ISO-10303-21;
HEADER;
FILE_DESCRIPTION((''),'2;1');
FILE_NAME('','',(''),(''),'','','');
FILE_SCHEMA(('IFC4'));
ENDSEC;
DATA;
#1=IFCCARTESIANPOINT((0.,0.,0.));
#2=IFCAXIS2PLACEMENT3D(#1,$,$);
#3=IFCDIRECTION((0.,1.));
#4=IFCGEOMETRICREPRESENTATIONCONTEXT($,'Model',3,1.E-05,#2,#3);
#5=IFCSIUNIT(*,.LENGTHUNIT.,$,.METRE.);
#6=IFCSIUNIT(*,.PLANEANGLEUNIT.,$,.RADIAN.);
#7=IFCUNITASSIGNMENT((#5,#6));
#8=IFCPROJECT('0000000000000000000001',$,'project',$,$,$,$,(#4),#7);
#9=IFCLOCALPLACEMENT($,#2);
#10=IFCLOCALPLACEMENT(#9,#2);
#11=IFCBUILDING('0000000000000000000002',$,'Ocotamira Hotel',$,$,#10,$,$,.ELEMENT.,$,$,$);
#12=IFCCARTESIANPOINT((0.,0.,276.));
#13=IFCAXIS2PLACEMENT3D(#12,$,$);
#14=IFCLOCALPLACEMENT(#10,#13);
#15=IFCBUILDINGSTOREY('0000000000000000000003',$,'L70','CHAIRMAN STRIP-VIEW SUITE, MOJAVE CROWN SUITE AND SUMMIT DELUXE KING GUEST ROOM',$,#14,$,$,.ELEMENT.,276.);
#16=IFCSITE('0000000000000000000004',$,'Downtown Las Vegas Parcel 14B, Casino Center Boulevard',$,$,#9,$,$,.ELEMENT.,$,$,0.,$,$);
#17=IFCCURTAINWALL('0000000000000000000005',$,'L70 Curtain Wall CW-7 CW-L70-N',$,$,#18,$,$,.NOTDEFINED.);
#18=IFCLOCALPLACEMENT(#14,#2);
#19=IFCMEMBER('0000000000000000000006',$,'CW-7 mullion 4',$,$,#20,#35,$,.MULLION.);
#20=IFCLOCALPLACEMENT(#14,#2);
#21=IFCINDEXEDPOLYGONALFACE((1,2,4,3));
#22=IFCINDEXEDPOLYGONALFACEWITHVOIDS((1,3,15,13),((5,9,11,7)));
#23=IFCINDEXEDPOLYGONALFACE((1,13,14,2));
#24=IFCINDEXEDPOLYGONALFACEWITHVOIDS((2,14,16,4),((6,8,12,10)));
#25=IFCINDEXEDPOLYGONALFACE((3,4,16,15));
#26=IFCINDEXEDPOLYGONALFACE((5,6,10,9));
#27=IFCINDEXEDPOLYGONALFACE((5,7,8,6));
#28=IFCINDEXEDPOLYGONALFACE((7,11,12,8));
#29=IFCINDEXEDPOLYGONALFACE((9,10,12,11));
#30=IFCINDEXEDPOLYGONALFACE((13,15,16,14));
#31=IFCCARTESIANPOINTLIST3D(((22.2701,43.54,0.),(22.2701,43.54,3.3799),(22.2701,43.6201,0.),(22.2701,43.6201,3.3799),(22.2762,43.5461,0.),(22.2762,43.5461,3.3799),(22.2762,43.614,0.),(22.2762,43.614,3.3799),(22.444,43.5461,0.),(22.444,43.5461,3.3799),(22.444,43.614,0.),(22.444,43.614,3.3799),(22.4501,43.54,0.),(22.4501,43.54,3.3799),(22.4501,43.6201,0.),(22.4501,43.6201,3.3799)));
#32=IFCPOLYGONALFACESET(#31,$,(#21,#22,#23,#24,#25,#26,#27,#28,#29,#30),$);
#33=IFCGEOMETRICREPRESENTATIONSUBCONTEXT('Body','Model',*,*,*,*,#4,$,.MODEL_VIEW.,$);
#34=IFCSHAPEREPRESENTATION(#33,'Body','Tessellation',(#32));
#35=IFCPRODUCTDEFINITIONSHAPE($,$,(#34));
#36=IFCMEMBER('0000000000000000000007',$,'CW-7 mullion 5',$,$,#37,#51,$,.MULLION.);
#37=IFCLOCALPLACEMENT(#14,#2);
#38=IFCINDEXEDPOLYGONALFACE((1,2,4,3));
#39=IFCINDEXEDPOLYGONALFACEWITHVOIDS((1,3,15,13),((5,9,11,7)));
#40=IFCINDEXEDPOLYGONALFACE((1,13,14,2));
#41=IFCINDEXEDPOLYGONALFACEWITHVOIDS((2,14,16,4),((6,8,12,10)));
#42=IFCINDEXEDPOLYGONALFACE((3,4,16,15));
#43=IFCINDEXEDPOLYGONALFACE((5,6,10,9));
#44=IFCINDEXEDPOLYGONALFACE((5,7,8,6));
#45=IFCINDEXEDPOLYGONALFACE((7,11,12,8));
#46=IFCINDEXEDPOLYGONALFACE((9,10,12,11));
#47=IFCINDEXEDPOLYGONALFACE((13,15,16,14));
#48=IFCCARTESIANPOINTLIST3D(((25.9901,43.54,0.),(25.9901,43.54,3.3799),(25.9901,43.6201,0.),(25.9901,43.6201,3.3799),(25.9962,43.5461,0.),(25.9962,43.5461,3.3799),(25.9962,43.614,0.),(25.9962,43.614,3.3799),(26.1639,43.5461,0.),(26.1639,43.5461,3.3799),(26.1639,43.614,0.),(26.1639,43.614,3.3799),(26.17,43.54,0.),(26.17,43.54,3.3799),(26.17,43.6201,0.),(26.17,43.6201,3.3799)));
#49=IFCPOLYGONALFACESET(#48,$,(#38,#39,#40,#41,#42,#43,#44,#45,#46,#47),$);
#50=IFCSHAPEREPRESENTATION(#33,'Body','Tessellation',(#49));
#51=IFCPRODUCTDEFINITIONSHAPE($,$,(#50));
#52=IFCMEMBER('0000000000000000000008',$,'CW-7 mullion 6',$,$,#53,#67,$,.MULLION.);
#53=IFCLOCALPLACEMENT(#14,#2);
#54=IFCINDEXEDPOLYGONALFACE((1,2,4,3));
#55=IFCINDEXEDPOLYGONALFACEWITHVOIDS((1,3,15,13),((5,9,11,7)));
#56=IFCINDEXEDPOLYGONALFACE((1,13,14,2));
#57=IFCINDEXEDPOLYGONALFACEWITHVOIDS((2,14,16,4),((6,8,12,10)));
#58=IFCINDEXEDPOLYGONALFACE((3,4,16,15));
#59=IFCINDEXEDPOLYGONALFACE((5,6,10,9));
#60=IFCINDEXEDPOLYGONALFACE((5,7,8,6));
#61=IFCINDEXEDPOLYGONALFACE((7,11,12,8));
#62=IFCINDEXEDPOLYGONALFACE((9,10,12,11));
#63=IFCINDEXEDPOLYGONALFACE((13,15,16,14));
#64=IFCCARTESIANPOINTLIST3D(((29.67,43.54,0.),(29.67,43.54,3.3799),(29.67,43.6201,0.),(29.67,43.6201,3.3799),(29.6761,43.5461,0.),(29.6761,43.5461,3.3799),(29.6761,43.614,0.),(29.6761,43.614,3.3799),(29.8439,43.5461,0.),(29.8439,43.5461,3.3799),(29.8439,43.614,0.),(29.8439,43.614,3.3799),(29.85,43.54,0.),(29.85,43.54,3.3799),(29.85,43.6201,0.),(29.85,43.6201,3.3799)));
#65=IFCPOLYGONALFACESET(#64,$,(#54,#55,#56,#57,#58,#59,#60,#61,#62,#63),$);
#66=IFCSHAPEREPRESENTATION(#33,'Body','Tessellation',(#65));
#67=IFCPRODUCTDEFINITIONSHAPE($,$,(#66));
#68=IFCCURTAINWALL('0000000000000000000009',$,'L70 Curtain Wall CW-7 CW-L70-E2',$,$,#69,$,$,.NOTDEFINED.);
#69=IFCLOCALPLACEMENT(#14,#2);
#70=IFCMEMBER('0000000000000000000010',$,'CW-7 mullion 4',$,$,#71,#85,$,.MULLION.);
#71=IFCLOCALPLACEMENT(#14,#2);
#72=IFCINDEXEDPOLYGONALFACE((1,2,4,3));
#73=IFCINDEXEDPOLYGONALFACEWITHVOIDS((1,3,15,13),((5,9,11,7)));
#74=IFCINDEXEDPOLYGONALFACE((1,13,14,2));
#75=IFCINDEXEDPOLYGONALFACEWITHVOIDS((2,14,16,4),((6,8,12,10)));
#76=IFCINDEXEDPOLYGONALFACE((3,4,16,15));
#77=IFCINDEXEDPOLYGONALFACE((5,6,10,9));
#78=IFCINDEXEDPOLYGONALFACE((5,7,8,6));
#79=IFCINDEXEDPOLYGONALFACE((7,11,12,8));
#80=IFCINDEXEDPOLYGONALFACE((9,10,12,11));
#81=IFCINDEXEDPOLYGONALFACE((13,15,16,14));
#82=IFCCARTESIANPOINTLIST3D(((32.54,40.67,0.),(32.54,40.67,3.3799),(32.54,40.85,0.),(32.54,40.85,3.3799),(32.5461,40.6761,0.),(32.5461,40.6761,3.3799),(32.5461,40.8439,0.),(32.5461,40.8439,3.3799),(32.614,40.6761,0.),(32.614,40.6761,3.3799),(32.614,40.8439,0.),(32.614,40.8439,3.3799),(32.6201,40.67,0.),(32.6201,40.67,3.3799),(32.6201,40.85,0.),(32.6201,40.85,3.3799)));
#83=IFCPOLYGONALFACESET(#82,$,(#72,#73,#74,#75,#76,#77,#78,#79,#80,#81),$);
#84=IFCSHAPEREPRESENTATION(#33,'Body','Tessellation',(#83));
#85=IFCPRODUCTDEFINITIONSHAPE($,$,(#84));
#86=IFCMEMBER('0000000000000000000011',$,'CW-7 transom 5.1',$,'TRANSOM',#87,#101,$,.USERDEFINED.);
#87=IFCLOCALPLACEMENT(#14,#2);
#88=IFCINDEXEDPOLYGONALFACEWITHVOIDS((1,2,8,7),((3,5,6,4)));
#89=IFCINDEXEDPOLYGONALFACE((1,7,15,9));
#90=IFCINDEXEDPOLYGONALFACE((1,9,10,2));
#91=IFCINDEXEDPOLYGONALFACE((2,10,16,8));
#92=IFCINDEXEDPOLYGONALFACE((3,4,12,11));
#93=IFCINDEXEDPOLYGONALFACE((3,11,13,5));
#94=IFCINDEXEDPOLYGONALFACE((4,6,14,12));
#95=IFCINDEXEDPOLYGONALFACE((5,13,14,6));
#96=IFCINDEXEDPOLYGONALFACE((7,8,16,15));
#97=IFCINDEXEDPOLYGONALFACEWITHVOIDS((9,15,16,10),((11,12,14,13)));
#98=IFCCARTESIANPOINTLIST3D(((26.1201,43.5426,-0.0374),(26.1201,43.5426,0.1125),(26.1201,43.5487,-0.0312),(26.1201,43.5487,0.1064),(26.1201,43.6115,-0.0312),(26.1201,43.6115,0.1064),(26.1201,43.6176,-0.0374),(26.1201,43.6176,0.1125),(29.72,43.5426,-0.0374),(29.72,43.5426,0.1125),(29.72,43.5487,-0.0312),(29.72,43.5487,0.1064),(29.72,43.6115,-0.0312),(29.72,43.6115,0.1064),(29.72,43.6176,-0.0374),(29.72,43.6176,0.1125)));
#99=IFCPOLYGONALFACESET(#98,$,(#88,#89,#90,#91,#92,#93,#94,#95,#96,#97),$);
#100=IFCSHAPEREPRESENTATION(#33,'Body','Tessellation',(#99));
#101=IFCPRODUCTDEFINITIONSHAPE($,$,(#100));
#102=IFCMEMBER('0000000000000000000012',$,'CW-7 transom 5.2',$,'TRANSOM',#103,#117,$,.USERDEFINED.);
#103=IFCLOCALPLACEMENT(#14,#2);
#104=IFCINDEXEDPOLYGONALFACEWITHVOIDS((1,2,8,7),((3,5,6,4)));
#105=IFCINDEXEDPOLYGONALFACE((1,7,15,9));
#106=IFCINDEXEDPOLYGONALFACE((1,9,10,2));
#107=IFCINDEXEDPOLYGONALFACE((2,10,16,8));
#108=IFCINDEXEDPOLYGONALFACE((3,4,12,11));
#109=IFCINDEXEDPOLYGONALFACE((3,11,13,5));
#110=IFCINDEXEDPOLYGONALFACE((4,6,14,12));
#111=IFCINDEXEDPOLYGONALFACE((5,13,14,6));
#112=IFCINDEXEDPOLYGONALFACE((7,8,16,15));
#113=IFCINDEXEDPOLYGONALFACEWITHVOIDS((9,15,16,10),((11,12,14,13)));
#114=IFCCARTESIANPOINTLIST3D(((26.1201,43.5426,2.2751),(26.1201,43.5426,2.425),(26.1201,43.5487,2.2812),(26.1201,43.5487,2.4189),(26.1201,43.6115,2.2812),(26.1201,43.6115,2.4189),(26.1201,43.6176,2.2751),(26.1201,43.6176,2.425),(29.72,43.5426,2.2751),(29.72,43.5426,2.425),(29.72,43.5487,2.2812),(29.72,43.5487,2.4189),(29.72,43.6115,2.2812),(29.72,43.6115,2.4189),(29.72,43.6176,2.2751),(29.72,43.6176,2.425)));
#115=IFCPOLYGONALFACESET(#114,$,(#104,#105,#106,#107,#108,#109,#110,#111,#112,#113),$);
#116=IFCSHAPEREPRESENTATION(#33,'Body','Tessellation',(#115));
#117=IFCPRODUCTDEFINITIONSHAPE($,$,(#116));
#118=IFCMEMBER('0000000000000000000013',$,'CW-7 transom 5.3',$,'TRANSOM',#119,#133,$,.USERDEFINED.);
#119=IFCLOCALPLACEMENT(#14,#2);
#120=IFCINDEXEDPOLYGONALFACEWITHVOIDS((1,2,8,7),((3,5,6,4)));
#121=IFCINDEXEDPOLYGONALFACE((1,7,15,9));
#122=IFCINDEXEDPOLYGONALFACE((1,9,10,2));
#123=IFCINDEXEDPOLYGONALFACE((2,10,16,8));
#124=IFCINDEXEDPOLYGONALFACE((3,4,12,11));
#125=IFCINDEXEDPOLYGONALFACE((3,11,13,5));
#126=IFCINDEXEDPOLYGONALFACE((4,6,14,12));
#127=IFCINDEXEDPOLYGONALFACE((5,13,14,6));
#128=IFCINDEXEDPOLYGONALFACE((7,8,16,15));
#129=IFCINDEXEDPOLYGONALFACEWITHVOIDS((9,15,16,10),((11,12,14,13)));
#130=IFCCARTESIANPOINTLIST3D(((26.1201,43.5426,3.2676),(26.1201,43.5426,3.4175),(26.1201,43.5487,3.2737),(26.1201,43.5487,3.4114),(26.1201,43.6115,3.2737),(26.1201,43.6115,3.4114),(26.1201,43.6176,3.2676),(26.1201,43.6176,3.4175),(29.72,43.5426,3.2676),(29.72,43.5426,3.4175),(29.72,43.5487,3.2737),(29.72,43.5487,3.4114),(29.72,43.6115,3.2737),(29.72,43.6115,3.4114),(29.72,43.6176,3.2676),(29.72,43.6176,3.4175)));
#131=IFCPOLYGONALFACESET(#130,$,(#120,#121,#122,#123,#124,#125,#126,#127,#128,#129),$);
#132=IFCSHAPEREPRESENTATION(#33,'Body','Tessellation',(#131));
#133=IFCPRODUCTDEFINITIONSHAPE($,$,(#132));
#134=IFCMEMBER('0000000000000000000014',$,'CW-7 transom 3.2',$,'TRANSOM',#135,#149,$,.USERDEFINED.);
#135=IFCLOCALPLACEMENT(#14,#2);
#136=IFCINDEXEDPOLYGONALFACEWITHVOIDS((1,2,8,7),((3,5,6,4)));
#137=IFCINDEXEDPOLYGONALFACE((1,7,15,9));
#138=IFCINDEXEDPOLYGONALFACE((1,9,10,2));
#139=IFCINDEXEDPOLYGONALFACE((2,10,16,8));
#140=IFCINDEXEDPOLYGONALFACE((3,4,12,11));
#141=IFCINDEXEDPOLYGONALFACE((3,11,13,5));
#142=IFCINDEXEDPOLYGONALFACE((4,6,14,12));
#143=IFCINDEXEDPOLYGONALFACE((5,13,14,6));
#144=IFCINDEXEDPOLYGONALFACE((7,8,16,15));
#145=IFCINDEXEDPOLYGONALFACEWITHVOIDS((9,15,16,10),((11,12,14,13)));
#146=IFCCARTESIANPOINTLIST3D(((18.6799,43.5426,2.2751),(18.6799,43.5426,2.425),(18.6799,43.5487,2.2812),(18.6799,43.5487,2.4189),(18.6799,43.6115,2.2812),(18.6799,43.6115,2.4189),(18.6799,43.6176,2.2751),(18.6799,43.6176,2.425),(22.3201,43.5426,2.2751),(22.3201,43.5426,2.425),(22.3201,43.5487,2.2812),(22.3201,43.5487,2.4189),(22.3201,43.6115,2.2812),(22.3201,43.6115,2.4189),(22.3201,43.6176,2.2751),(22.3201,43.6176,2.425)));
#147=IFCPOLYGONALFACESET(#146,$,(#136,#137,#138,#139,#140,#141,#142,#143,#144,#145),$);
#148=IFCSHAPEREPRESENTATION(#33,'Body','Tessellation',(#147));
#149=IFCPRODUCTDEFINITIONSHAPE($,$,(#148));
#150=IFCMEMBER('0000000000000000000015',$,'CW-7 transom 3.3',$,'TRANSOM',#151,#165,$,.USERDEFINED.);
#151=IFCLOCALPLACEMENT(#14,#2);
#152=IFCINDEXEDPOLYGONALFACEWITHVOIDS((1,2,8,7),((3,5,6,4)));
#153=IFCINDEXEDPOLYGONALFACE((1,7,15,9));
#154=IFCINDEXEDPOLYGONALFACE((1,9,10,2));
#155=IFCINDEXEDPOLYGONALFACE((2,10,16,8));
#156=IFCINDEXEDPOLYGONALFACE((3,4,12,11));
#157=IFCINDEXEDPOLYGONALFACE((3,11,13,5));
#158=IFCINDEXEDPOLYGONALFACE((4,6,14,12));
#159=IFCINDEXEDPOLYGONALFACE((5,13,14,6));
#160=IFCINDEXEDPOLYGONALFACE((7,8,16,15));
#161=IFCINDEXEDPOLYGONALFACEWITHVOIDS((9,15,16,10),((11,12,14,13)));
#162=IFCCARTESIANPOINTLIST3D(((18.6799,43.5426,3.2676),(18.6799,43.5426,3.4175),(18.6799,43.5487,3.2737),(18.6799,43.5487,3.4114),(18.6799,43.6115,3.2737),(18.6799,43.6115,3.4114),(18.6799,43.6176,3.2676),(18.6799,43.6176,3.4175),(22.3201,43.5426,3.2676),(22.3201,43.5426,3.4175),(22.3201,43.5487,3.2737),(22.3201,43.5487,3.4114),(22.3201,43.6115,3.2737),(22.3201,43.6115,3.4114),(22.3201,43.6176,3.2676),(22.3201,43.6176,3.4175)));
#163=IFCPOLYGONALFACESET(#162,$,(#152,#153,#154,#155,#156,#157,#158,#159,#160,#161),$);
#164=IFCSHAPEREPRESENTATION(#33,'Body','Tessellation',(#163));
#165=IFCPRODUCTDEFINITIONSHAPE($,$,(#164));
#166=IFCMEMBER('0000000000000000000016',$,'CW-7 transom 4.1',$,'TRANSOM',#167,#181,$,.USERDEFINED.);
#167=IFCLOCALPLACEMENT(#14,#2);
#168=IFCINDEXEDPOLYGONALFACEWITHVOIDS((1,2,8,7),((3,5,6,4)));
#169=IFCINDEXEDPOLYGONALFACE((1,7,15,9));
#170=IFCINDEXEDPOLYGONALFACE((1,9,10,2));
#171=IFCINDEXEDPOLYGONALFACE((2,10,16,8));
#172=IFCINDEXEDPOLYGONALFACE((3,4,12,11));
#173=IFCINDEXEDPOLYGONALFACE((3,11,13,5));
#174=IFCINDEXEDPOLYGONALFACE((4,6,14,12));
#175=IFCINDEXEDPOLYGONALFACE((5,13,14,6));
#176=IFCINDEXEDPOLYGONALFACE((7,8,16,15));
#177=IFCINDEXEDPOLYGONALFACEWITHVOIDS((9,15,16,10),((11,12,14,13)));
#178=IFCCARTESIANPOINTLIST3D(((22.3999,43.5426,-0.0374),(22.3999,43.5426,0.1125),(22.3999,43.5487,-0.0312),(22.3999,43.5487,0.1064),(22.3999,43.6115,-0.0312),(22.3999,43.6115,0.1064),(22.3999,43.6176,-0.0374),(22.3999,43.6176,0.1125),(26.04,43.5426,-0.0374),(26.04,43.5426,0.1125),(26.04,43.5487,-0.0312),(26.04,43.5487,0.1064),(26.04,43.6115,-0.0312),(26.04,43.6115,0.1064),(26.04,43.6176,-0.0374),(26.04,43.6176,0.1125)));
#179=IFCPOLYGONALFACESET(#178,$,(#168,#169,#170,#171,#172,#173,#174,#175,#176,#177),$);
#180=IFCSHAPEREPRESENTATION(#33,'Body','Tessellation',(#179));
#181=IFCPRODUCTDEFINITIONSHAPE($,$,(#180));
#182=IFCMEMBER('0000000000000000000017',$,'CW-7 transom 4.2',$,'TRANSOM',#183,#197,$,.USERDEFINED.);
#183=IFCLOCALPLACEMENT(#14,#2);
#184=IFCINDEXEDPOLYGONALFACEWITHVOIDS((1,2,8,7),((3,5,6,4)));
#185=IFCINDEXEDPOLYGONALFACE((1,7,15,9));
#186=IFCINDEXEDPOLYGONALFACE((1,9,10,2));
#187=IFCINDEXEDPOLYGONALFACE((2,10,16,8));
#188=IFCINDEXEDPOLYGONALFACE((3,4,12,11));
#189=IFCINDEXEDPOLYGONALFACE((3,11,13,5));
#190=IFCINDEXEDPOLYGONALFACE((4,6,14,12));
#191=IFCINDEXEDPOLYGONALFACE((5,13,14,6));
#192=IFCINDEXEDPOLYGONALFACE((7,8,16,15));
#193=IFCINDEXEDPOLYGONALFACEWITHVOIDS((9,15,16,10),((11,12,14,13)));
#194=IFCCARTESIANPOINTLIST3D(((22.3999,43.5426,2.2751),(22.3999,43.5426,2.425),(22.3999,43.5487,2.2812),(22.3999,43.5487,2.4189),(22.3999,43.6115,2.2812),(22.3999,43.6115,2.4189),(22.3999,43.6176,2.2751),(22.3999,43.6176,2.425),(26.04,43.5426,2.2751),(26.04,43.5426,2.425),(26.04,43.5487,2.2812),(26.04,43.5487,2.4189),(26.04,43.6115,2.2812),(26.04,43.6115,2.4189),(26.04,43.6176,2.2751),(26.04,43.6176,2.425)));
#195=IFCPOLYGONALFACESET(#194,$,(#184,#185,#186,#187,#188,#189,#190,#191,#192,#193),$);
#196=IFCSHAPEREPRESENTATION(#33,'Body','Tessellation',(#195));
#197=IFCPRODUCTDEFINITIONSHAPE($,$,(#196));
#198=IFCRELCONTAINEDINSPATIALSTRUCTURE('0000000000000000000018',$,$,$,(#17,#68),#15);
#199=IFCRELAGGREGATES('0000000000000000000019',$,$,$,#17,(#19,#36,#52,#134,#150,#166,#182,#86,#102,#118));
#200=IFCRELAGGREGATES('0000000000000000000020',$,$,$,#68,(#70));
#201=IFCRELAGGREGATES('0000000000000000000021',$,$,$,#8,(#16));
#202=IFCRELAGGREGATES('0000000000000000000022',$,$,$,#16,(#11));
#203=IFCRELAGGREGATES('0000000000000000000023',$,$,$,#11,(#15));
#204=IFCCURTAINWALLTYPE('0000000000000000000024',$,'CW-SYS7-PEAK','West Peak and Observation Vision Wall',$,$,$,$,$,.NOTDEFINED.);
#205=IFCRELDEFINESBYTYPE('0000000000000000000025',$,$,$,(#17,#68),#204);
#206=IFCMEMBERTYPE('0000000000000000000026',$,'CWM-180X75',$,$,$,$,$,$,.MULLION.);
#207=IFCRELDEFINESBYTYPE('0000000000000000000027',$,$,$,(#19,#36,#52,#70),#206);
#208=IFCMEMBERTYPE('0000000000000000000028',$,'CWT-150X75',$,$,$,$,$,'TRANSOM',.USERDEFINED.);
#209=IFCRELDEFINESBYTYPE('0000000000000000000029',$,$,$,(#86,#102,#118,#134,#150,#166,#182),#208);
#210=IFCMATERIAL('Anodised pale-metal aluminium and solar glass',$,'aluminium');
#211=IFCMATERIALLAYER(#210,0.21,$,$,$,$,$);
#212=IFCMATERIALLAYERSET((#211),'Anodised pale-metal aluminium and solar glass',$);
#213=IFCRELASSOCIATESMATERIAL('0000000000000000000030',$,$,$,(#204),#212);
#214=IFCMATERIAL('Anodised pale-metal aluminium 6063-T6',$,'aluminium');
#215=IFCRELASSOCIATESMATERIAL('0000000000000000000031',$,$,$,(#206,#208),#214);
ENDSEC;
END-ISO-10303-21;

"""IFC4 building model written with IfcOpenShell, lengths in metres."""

from ifc_helpers import new_model, si_unit, direction, frame, origin, origin_2d, place, context, subcontext, project, spatial, hollow_rectangle, extrude, source, transform, mapped, material, layer, layer_set, material_profile, profile_set, type_object, element, aggregate, save


model = new_model("IFC4")

# Units and contexts
model_context = context("Model", 3, precision=1e-05, world=origin(), true_north=direction((0.0, 1.0)))
body_context = subcontext(model_context, "Body", "Model", "MODEL_VIEW")
ifc_project = project(units=[si_unit("LENGTHUNIT", "METRE"), si_unit("PLANEANGLEUNIT", "RADIAN")], contexts=[model_context])

# Site, building, storey
site_placement = place(None, origin())
site = spatial("IfcSite", under=ifc_project, at=site_placement, Name="Downtown Las Vegas Parcel 14B, Casino Center Boulevard", CompositionType="ELEMENT", RefElevation=0.0)
building_placement = place(site_placement, origin())
building = spatial("IfcBuilding", under=site, at=building_placement, Name="Ocotamira Hotel", CompositionType="ELEMENT")
storey_placement = place(building_placement, frame((0.0, 0.0, 276.0)))
storey = spatial("IfcBuildingStorey", under=building, at=storey_placement, Name="L70", Description="CHAIRMAN STRIP-VIEW SUITE, MOJAVE CROWN SUITE AND SUMMIT DELUXE KING GUEST ROOM", CompositionType="ELEMENT", Elevation=276.0)

# Curtain wall, members
ifc_material_1 = material(Name="Anodised pale-metal aluminium and solar glass", Category="aluminium")
ifc_layer_1 = layer(ifc_material_1, 0.21)
ifc_layer_set_1 = layer_set([ifc_layer_1], Name="Anodised pale-metal aluminium and solar glass")
curtain_wall_type = type_object("IfcCurtainWallType", Name="CW-SYS7-PEAK", Description="West Peak and Observation Vision Wall", PredefinedType="NOTDEFINED", material=ifc_layer_set_1)
curtain_wall_1_placement = place(storey_placement, origin())
curtain_wall_1 = element("IfcCurtainWall", 1, at=curtain_wall_1_placement, inside=storey, type_object=curtain_wall_type, Name="L70 Curtain Wall CW-7 CW-L70-N", PredefinedType="NOTDEFINED")
ifc_material_2 = material(Name="Anodised pale-metal aluminium 6063-T6", Category="aluminium")
ifc_material_profile_1 = material_profile(ifc_material_2, hollow_rectangle(XDim=0.0801, YDim=0.1799, WallThickness=0.0061, at=origin_2d()), Name="HSS180X80X6")
ifc_profile_set_1 = profile_set([ifc_material_profile_1], Name="Anodised pale-metal aluminium 6063-T6")
member_type_1 = type_object("IfcMemberType", Name="CWM-180X75", PredefinedType="MULLION", material=ifc_profile_set_1)
shared_shape_1 = source(origin(), body_context, "Body", "SweptSolid", [
    extrude(hollow_rectangle(XDim=0.0801, YDim=0.1799, WallThickness=0.0061, at=origin_2d()), origin(), (0.0, 0.0, 1.0), 3.3799),
])
member_1_placement = place(storey_placement, frame((22.3601, 43.5801, 0.0), z_axis=(0.0, 0.0, 1.0), x_axis=(0.0, 1.0, 0.0)))
member_1 = element("IfcMember", 2, at=member_1_placement, type_object=member_type_1, Name="CW-7 mullion 4", PredefinedType="MULLION", context=body_context, shape_type="MappedRepresentation", body=[
    mapped(shared_shape_1, transform((0.0, 0.0, 0.0), scale=1.0)),
])
member_2_placement = place(storey_placement, frame((26.0801, 43.5801, 0.0), z_axis=(0.0, 0.0, 1.0), x_axis=(0.0, 1.0, 0.0)))
member_2 = element("IfcMember", 3, at=member_2_placement, type_object=member_type_1, Name="CW-7 mullion 5", PredefinedType="MULLION", context=body_context, shape_type="MappedRepresentation", body=[
    mapped(shared_shape_1, transform((0.0, 0.0, 0.0), scale=1.0)),
])
member_3_placement = place(storey_placement, frame((29.76, 43.5801, 0.0), z_axis=(0.0, 0.0, 1.0), x_axis=(0.0, 1.0, 0.0)))
member_3 = element("IfcMember", 4, at=member_3_placement, type_object=member_type_1, Name="CW-7 mullion 6", PredefinedType="MULLION", context=body_context, shape_type="MappedRepresentation", body=[
    mapped(shared_shape_1, transform((0.0, 0.0, 0.0), scale=1.0)),
])

# Curtain wall, member
curtain_wall_2_placement = place(storey_placement, origin())
curtain_wall_2 = element("IfcCurtainWall", 5, at=curtain_wall_2_placement, inside=storey, type_object=curtain_wall_type, Name="L70 Curtain Wall CW-7 CW-L70-E2", PredefinedType="NOTDEFINED")
member_4_placement = place(storey_placement, frame((32.5801, 40.76, 0.0), z_axis=(0.0, 0.0, 1.0), x_axis=(-1.0, 0.0, 0.0)))
member_4 = element("IfcMember", 6, at=member_4_placement, type_object=member_type_1, Name="CW-7 mullion 4", PredefinedType="MULLION", context=body_context, shape_type="MappedRepresentation", body=[
    mapped(shared_shape_1, transform((0.0, 0.0, 0.0), scale=1.0)),
])

# Members
ifc_material_profile_2 = material_profile(ifc_material_2, hollow_rectangle(XDim=0.075, YDim=0.1499, WallThickness=0.0061, at=origin_2d()), Name="HSS150X75X6")
ifc_profile_set_2 = profile_set([ifc_material_profile_2], Name="Anodised pale-metal aluminium 6063-T6")
member_type_2 = type_object("IfcMemberType", Name="CWT-150X75", ElementType="TRANSOM", PredefinedType="USERDEFINED", material=ifc_profile_set_2)
shared_shape_2 = source(origin(), body_context, "Body", "SweptSolid", [
    extrude(hollow_rectangle(XDim=0.075, YDim=0.1499, WallThickness=0.0061, at=origin_2d()), origin(), (0.0, 0.0, 1.0), 3.5999),
])
member_5_placement = place(storey_placement, frame((26.1201, 43.5801, 0.0376), z_axis=(1.0, 0.0, 0.0), x_axis=(0.0, 1.0, 0.0)))
member_5 = element("IfcMember", 7, at=member_5_placement, type_object=member_type_2, Name="CW-7 transom 5.1", ObjectType="TRANSOM", PredefinedType="USERDEFINED", context=body_context, shape_type="MappedRepresentation", body=[
    mapped(shared_shape_2, transform((0.0, 0.0, 0.0), scale=1.0)),
])
member_6_placement = place(storey_placement, frame((26.1201, 43.5801, 2.3501), z_axis=(1.0, 0.0, 0.0), x_axis=(0.0, 1.0, 0.0)))
member_6 = element("IfcMember", 8, at=member_6_placement, type_object=member_type_2, Name="CW-7 transom 5.2", ObjectType="TRANSOM", PredefinedType="USERDEFINED", context=body_context, shape_type="MappedRepresentation", body=[
    mapped(shared_shape_2, transform((0.0, 0.0, 0.0), scale=1.0)),
])
member_7_placement = place(storey_placement, frame((26.1201, 43.5801, 3.3425), z_axis=(1.0, 0.0, 0.0), x_axis=(0.0, 1.0, 0.0)))
member_7 = element("IfcMember", 9, at=member_7_placement, type_object=member_type_2, Name="CW-7 transom 5.3", ObjectType="TRANSOM", PredefinedType="USERDEFINED", context=body_context, shape_type="MappedRepresentation", body=[
    mapped(shared_shape_2, transform((0.0, 0.0, 0.0), scale=1.0)),
])
shared_shape_3 = source(origin(), body_context, "Body", "SweptSolid", [
    extrude(hollow_rectangle(XDim=0.075, YDim=0.1499, WallThickness=0.0061, at=origin_2d()), origin(), (0.0, 0.0, 1.0), 3.6401),
])
member_8_placement = place(storey_placement, frame((18.6799, 43.5801, 2.3501), z_axis=(1.0, 0.0, 0.0), x_axis=(0.0, 1.0, 0.0)))
member_8 = element("IfcMember", 10, at=member_8_placement, type_object=member_type_2, Name="CW-7 transom 3.2", ObjectType="TRANSOM", PredefinedType="USERDEFINED", context=body_context, shape_type="MappedRepresentation", body=[
    mapped(shared_shape_3, transform((0.0, 0.0, 0.0), scale=1.0)),
])
member_9_placement = place(storey_placement, frame((18.6799, 43.5801, 3.3425), z_axis=(1.0, 0.0, 0.0), x_axis=(0.0, 1.0, 0.0)))
member_9 = element("IfcMember", 11, at=member_9_placement, type_object=member_type_2, Name="CW-7 transom 3.3", ObjectType="TRANSOM", PredefinedType="USERDEFINED", context=body_context, shape_type="MappedRepresentation", body=[
    mapped(shared_shape_3, transform((0.0, 0.0, 0.0), scale=1.0)),
])
member_10_placement = place(storey_placement, frame((22.3999, 43.5801, 0.0376), z_axis=(1.0, 0.0, 0.0), x_axis=(0.0, 1.0, 0.0)))
member_10 = element("IfcMember", 12, at=member_10_placement, type_object=member_type_2, Name="CW-7 transom 4.1", ObjectType="TRANSOM", PredefinedType="USERDEFINED", context=body_context, shape_type="MappedRepresentation", body=[
    mapped(shared_shape_3, transform((0.0, 0.0, 0.0), scale=1.0)),
])
member_11_placement = place(storey_placement, frame((22.3999, 43.5801, 2.3501), z_axis=(1.0, 0.0, 0.0), x_axis=(0.0, 1.0, 0.0)))
member_11 = element("IfcMember", 13, at=member_11_placement, type_object=member_type_2, Name="CW-7 transom 4.2", ObjectType="TRANSOM", PredefinedType="USERDEFINED", context=body_context, shape_type="MappedRepresentation", body=[
    mapped(shared_shape_3, transform((0.0, 0.0, 0.0), scale=1.0)),
])

aggregate(curtain_wall_1, [member_1, member_2, member_3, member_8, member_9, member_10, member_11, member_5, member_6, member_7])
aggregate(curtain_wall_2, [member_4])

save(model, "model.ifc")
